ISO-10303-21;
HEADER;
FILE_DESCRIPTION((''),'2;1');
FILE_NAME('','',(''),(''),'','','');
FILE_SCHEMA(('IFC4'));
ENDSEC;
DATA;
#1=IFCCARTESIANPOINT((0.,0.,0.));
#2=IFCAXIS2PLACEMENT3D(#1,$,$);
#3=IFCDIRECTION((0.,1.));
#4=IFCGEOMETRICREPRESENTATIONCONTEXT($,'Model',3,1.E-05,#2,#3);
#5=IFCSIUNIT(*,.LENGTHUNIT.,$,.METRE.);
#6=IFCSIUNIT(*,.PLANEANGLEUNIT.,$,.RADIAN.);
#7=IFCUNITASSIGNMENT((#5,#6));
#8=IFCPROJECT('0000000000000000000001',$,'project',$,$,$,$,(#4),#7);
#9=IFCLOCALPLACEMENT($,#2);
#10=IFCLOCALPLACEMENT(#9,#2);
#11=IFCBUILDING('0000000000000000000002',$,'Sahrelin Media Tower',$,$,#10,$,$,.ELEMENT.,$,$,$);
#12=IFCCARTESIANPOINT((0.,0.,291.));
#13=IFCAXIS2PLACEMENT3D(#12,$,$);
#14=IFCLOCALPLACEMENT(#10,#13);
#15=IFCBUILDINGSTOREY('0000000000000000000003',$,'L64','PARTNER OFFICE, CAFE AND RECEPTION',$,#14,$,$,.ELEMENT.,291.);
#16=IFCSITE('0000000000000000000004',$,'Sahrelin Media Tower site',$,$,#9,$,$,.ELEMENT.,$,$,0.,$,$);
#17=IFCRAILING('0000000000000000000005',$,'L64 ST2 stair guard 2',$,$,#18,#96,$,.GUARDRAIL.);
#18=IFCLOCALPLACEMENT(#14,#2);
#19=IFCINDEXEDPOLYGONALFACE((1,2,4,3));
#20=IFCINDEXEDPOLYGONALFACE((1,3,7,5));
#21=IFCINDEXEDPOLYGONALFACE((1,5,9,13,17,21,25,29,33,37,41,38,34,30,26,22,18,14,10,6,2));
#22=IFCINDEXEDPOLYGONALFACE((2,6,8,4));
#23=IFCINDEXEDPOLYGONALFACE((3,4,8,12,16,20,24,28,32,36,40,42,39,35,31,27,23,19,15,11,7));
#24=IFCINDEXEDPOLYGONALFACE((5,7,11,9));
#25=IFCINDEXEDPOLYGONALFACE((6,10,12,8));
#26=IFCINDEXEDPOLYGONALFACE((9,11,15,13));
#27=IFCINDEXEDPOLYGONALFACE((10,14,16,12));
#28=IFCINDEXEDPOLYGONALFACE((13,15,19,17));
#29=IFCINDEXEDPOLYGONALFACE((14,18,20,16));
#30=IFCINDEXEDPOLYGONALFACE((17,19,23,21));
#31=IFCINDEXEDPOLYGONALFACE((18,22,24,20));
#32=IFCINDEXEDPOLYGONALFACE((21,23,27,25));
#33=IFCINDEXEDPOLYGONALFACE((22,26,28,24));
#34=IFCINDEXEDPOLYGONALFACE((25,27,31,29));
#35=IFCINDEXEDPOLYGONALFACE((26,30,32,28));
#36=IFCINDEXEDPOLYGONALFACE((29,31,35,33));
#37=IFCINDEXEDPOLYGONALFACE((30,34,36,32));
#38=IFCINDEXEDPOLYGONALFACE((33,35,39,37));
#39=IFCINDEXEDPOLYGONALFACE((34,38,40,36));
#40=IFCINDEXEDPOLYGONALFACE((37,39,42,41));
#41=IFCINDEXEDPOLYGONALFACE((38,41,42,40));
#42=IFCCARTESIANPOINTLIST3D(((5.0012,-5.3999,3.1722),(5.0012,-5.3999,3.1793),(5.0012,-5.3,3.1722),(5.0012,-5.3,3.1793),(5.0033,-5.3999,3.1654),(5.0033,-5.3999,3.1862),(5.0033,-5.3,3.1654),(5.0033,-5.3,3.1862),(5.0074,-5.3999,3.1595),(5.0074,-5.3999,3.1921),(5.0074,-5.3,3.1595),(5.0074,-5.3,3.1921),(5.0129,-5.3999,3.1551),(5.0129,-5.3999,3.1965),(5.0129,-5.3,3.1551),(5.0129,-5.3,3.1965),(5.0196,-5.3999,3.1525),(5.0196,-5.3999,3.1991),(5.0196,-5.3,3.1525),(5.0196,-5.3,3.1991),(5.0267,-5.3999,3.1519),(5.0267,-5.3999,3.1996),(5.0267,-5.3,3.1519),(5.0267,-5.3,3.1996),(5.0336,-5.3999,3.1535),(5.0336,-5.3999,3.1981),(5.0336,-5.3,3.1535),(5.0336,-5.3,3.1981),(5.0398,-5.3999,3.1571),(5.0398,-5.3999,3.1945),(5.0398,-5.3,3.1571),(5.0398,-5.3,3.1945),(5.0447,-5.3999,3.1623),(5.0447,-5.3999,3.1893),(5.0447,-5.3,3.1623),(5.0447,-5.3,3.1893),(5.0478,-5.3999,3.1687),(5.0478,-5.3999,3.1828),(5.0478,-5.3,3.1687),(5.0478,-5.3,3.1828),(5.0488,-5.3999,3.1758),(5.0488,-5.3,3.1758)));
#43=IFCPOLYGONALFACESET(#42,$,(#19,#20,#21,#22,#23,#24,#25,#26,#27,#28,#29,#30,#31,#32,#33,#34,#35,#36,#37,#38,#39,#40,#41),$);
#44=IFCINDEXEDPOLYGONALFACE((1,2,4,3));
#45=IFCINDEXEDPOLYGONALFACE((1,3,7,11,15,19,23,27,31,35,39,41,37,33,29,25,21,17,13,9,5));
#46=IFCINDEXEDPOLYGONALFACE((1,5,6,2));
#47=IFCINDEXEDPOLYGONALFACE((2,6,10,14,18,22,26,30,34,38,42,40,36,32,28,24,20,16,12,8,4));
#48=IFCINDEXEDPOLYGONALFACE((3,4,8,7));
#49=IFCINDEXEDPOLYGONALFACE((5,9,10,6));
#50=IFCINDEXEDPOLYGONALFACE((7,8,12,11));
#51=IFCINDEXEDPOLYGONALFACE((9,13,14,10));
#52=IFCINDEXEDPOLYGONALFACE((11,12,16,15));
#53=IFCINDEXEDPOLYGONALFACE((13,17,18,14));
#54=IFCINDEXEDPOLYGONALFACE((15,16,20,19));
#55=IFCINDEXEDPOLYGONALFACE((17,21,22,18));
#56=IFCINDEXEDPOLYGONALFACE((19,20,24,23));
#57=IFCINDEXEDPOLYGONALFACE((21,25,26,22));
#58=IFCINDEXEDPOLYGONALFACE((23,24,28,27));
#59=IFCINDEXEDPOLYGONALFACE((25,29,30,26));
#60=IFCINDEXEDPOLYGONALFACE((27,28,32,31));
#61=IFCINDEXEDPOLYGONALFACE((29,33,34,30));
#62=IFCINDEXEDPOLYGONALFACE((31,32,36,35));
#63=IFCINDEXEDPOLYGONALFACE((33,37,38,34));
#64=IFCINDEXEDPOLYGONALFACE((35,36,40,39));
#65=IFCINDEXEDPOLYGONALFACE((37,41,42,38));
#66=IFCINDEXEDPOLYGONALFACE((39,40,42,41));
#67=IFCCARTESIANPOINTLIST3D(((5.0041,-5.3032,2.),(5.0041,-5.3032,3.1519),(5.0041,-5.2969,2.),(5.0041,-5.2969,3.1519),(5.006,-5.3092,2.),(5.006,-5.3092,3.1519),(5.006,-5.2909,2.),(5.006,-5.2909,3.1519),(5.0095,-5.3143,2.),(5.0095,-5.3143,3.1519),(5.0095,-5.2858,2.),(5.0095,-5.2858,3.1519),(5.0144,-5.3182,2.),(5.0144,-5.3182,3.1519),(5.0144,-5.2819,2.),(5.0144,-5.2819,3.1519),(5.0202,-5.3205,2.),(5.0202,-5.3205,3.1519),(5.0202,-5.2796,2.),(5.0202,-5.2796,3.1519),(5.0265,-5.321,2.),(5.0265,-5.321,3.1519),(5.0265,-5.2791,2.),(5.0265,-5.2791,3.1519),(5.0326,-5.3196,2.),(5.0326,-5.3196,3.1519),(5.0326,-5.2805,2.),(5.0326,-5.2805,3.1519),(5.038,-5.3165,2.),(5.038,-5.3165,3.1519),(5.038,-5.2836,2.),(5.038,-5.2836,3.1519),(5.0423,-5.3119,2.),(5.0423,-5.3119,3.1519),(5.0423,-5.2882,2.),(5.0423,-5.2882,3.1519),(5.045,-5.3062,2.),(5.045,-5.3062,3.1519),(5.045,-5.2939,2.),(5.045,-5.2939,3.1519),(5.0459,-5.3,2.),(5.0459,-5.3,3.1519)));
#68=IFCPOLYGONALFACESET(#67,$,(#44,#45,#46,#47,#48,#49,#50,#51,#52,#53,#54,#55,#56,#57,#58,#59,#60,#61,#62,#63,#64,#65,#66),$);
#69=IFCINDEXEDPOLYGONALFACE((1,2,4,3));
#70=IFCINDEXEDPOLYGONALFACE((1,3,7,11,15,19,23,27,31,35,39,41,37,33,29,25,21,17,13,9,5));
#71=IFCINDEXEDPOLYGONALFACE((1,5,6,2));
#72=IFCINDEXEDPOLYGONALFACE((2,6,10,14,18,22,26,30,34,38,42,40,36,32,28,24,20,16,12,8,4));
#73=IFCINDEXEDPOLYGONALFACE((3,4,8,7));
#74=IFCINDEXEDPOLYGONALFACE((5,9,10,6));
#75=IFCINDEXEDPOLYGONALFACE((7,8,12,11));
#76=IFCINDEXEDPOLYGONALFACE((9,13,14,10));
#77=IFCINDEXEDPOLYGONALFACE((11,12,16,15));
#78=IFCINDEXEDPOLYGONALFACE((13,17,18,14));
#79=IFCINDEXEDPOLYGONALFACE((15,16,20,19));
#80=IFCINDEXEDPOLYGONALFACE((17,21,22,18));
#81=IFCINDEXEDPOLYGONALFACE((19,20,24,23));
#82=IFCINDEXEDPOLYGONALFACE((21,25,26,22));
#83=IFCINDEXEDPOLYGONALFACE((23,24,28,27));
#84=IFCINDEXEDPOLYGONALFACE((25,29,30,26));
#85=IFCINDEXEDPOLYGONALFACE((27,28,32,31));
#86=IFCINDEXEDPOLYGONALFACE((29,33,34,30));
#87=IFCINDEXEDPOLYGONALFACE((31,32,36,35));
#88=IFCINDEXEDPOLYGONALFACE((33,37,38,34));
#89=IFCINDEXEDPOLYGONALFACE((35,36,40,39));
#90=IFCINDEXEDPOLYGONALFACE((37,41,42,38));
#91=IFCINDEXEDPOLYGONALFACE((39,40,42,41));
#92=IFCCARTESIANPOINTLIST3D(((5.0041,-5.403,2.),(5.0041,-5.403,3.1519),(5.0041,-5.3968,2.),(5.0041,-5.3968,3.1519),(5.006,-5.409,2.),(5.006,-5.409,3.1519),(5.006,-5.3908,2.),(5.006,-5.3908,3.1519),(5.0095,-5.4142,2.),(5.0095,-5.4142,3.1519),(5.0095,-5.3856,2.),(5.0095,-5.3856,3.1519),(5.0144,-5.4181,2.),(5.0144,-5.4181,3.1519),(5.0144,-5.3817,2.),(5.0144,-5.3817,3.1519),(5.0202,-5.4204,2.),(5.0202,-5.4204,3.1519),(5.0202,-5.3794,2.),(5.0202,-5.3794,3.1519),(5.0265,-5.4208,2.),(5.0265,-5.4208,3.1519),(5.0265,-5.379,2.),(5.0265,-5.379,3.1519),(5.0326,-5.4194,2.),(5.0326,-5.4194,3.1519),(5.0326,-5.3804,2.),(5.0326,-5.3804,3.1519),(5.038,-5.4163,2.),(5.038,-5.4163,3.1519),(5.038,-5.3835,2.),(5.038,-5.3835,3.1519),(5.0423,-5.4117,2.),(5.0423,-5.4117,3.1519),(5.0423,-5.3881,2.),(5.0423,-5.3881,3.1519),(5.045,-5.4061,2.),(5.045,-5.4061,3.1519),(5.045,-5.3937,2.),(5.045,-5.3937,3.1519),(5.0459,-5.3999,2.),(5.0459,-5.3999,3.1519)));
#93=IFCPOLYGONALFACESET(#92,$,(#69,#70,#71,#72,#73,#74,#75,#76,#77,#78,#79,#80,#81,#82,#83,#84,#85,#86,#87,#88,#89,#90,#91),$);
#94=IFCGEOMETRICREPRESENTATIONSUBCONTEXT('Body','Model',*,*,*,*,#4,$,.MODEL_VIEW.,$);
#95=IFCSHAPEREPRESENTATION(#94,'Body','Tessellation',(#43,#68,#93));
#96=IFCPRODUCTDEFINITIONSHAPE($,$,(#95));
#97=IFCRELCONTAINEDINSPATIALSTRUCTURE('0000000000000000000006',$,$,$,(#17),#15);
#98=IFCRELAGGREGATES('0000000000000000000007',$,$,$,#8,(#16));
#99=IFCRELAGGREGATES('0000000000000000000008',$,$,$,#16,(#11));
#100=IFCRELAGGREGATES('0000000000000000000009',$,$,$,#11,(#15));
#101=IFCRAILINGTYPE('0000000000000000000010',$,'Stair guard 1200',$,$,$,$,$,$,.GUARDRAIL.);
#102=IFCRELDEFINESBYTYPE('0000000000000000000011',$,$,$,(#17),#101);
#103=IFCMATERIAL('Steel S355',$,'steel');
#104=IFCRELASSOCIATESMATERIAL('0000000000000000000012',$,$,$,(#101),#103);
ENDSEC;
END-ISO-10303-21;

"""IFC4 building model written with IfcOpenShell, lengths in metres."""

from ifc_helpers import new_model, si_unit, direction, frame, origin, origin_2d, place, context, subcontext, project, spatial, circle, extrude, material, type_object, element, save


model = new_model("IFC4")

# Units and contexts
model_context = context("Model", 3, precision=1e-05, world=origin(), true_north=direction((0.0, 1.0)))
body_context = subcontext(model_context, "Body", "Model", "MODEL_VIEW")
ifc_project = project(units=[si_unit("LENGTHUNIT", "METRE"), si_unit("PLANEANGLEUNIT", "RADIAN")], contexts=[model_context])

# Site, building, storey
site_placement = place(None, origin())
site = spatial("IfcSite", under=ifc_project, at=site_placement, Name="Sahrelin Media Tower site", CompositionType="ELEMENT", RefElevation=0.0)
building_placement = place(site_placement, origin())
building = spatial("IfcBuilding", under=site, at=building_placement, Name="Sahrelin Media Tower", CompositionType="ELEMENT")
storey_placement = place(building_placement, frame((0.0, 0.0, 291.0)))
storey = spatial("IfcBuildingStorey", under=building, at=storey_placement, Name="L64", Description="PARTNER OFFICE, CAFE AND RECEPTION", CompositionType="ELEMENT", Elevation=291.0)

# Railing
ifc_material_1 = material(Name="Steel S355", Category="steel")
railing_type_1 = type_object("IfcRailingType", Name="Stair guard 1200", PredefinedType="GUARDRAIL", material=ifc_material_1)
railing_1_placement = place(storey_placement, frame((5.0249, -5.3, 2.0)))
element("IfcRailing", 1, at=railing_1_placement, inside=storey, type_object=railing_type_1, Name="L64 ST2 stair guard 2", PredefinedType="GUARDRAIL", context=body_context, shape_type="SweptSolid", body=[
    extrude(circle(Radius=0.0239, at=origin_2d()), frame((0.0, 0.0, 1.1758), z_axis=(0.0, -1.0, 0.0), x_axis=(1.0, 0.0, 0.0)), (0.0, 0.0, 1.0), 0.0999),
    extrude(circle(Radius=0.021, at=origin_2d()), origin(), (0.0, 0.0, 1.0), 1.1519),
    extrude(circle(Radius=0.021, at=origin_2d()), frame((0.0, -0.0999, 0.0)), (0.0, 0.0, 1.0), 1.1519),
])

save(model, "model.ifc")
